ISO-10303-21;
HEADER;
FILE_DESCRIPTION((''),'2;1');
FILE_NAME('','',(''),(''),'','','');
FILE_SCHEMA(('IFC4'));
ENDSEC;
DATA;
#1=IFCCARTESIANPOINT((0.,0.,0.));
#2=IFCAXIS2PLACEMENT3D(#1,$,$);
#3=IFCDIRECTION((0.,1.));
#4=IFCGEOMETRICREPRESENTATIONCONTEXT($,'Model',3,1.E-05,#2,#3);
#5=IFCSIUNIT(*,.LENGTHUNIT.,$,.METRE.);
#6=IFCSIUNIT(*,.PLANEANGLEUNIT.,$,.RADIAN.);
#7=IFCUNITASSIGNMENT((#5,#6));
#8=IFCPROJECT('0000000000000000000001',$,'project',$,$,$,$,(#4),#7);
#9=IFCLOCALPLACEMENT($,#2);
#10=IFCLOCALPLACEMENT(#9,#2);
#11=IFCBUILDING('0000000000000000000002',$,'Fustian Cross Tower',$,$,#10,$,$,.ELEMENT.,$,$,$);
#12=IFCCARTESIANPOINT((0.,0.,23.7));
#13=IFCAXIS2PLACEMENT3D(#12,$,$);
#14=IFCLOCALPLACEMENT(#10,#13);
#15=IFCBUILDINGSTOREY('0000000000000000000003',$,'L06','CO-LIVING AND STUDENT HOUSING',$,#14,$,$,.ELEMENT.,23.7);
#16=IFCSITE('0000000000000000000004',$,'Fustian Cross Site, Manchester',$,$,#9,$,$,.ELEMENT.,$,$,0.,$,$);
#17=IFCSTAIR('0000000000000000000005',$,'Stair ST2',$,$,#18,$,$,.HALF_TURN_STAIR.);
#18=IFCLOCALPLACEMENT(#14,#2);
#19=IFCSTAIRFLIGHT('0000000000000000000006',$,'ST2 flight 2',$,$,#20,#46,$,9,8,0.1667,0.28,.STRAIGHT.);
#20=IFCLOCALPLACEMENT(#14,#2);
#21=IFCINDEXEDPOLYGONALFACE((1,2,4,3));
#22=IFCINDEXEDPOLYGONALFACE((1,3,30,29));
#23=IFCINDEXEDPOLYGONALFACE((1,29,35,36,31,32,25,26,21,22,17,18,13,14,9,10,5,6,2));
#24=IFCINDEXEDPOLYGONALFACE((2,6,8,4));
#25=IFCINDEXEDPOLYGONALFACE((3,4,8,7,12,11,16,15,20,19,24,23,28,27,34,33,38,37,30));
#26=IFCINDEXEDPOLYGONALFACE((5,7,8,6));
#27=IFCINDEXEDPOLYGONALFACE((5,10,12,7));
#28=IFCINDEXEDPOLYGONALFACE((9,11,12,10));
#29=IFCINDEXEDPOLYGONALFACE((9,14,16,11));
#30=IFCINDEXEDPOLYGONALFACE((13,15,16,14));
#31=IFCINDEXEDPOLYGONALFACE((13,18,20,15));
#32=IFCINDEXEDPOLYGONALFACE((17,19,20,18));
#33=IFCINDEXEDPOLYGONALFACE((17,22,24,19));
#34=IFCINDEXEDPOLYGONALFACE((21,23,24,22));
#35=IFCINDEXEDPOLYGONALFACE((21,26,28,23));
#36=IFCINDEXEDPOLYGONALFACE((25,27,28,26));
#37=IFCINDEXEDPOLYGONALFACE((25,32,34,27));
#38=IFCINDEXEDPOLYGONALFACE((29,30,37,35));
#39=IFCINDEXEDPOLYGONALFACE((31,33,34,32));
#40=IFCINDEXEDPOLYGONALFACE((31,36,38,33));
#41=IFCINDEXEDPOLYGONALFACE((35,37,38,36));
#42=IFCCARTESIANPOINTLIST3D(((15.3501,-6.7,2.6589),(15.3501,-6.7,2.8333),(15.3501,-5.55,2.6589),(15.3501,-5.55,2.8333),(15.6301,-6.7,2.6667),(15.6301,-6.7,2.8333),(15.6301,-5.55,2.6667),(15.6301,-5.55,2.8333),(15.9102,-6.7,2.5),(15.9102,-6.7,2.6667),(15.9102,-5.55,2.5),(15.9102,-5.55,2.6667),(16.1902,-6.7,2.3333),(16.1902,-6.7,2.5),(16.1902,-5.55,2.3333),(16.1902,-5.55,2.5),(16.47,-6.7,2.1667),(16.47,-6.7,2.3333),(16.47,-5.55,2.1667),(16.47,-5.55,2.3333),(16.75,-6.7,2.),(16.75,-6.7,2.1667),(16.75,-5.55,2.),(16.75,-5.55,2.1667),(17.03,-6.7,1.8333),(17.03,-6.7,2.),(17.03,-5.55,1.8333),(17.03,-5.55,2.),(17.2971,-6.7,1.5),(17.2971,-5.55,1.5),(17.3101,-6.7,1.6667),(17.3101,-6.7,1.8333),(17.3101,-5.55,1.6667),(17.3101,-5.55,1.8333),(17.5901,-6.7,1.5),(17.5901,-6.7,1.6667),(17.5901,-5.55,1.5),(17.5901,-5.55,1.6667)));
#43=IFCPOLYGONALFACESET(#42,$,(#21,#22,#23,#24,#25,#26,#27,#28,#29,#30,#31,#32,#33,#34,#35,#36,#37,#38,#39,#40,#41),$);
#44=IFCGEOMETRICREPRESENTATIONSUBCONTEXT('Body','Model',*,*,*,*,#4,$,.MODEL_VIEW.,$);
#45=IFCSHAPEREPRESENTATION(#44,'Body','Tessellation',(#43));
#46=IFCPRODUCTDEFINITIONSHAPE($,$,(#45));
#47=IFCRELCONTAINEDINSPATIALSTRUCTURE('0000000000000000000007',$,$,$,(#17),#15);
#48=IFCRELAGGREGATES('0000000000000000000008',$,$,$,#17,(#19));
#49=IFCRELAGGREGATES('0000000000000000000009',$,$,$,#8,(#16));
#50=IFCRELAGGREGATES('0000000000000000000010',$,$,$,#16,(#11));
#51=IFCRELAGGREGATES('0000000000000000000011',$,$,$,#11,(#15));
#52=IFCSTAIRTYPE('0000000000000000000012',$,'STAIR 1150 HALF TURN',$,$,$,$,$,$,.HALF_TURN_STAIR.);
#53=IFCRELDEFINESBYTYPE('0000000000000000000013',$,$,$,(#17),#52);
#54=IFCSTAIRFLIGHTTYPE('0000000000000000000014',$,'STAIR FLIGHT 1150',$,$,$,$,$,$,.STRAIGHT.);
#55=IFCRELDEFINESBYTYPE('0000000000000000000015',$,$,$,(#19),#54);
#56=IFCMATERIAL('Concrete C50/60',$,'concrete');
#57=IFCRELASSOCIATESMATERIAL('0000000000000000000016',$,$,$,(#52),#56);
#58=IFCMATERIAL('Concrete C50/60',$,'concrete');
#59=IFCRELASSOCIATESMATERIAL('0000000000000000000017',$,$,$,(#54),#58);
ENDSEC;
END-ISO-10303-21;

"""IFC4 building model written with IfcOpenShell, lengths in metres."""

from ifc_helpers import new_model, si_unit, direction, frame, origin, place, context, subcontext, project, spatial, polyline, outline, extrude, material, type_object, element, aggregate, save


model = new_model("IFC4")

# Units and contexts
model_context = context("Model", 3, precision=1e-05, world=origin(), true_north=direction((0.0, 1.0)))
body_context = subcontext(model_context, "Body", "Model", "MODEL_VIEW")
ifc_project = project(units=[si_unit("LENGTHUNIT", "METRE"), si_unit("PLANEANGLEUNIT", "RADIAN")], contexts=[model_context])

# Site, building, storey
site_placement = place(None, origin())
site = spatial("IfcSite", under=ifc_project, at=site_placement, Name="Fustian Cross Site, Manchester", CompositionType="ELEMENT", RefElevation=0.0)
building_placement = place(site_placement, origin())
building = spatial("IfcBuilding", under=site, at=building_placement, Name="Fustian Cross Tower", CompositionType="ELEMENT")
storey_placement = place(building_placement, frame((0.0, 0.0, 23.7)))
storey = spatial("IfcBuildingStorey", under=building, at=storey_placement, Name="L06", Description="CO-LIVING AND STUDENT HOUSING", CompositionType="ELEMENT", Elevation=23.7)

# Stair, stair flight
ifc_material_1 = material(Name="Concrete C50/60", Category="concrete")
stair_type = type_object("IfcStairType", Name="STAIR 1150 HALF TURN", PredefinedType="HALF_TURN_STAIR", material=ifc_material_1)
stair_placement = place(storey_placement, origin())
stair = element("IfcStair", 1, at=stair_placement, inside=storey, type_object=stair_type, Name="Stair ST2", PredefinedType="HALF_TURN_STAIR")
ifc_material_2 = material(Name="Concrete C50/60", Category="concrete")
stair_flight_type = type_object("IfcStairFlightType", Name="STAIR FLIGHT 1150", PredefinedType="STRAIGHT", material=ifc_material_2)
stair_flight_placement = place(storey_placement, frame((17.5901, -6.125, 1.5), z_axis=(0.0, 0.0, 1.0), x_axis=(-1.0, 0.0, 0.0)))
stair_flight = element("IfcStairFlight", 2, at=stair_flight_placement, type_object=stair_flight_type, Name="ST2 flight 2", NumberOfRisers=9, NumberOfTreads=8, PredefinedType="STRAIGHT", RiserHeight=0.1667, TreadLength=0.28, context=body_context, shape_type="SweptSolid", body=[
    extrude(outline(polyline([(0.0, 0.0), (0.0, 0.1667), (0.28, 0.1667), (0.28, 0.3333), (0.5601, 0.3333), (0.5601, 0.5), (0.8401, 0.5), (0.8401, 0.6667), (1.1201, 0.6667), (1.1201, 0.8333), (1.3999, 0.8333), (1.3999, 1.0), (1.6799, 1.0), (1.6799, 1.1667), (1.96, 1.1667), (1.96, 1.3333), (2.24, 1.3333), (2.24, 1.5), (2.24, 1.1589), (0.293, 0.0), (0.0, 0.0)])), frame((0.0, 0.575, 0.0), z_axis=(0.0, -1.0, 0.0), x_axis=(1.0, 0.0, 0.0)), (0.0, 0.0, 1.0), 1.1499),
])
aggregate(stair, [stair_flight])

save(model, "model.ifc")
